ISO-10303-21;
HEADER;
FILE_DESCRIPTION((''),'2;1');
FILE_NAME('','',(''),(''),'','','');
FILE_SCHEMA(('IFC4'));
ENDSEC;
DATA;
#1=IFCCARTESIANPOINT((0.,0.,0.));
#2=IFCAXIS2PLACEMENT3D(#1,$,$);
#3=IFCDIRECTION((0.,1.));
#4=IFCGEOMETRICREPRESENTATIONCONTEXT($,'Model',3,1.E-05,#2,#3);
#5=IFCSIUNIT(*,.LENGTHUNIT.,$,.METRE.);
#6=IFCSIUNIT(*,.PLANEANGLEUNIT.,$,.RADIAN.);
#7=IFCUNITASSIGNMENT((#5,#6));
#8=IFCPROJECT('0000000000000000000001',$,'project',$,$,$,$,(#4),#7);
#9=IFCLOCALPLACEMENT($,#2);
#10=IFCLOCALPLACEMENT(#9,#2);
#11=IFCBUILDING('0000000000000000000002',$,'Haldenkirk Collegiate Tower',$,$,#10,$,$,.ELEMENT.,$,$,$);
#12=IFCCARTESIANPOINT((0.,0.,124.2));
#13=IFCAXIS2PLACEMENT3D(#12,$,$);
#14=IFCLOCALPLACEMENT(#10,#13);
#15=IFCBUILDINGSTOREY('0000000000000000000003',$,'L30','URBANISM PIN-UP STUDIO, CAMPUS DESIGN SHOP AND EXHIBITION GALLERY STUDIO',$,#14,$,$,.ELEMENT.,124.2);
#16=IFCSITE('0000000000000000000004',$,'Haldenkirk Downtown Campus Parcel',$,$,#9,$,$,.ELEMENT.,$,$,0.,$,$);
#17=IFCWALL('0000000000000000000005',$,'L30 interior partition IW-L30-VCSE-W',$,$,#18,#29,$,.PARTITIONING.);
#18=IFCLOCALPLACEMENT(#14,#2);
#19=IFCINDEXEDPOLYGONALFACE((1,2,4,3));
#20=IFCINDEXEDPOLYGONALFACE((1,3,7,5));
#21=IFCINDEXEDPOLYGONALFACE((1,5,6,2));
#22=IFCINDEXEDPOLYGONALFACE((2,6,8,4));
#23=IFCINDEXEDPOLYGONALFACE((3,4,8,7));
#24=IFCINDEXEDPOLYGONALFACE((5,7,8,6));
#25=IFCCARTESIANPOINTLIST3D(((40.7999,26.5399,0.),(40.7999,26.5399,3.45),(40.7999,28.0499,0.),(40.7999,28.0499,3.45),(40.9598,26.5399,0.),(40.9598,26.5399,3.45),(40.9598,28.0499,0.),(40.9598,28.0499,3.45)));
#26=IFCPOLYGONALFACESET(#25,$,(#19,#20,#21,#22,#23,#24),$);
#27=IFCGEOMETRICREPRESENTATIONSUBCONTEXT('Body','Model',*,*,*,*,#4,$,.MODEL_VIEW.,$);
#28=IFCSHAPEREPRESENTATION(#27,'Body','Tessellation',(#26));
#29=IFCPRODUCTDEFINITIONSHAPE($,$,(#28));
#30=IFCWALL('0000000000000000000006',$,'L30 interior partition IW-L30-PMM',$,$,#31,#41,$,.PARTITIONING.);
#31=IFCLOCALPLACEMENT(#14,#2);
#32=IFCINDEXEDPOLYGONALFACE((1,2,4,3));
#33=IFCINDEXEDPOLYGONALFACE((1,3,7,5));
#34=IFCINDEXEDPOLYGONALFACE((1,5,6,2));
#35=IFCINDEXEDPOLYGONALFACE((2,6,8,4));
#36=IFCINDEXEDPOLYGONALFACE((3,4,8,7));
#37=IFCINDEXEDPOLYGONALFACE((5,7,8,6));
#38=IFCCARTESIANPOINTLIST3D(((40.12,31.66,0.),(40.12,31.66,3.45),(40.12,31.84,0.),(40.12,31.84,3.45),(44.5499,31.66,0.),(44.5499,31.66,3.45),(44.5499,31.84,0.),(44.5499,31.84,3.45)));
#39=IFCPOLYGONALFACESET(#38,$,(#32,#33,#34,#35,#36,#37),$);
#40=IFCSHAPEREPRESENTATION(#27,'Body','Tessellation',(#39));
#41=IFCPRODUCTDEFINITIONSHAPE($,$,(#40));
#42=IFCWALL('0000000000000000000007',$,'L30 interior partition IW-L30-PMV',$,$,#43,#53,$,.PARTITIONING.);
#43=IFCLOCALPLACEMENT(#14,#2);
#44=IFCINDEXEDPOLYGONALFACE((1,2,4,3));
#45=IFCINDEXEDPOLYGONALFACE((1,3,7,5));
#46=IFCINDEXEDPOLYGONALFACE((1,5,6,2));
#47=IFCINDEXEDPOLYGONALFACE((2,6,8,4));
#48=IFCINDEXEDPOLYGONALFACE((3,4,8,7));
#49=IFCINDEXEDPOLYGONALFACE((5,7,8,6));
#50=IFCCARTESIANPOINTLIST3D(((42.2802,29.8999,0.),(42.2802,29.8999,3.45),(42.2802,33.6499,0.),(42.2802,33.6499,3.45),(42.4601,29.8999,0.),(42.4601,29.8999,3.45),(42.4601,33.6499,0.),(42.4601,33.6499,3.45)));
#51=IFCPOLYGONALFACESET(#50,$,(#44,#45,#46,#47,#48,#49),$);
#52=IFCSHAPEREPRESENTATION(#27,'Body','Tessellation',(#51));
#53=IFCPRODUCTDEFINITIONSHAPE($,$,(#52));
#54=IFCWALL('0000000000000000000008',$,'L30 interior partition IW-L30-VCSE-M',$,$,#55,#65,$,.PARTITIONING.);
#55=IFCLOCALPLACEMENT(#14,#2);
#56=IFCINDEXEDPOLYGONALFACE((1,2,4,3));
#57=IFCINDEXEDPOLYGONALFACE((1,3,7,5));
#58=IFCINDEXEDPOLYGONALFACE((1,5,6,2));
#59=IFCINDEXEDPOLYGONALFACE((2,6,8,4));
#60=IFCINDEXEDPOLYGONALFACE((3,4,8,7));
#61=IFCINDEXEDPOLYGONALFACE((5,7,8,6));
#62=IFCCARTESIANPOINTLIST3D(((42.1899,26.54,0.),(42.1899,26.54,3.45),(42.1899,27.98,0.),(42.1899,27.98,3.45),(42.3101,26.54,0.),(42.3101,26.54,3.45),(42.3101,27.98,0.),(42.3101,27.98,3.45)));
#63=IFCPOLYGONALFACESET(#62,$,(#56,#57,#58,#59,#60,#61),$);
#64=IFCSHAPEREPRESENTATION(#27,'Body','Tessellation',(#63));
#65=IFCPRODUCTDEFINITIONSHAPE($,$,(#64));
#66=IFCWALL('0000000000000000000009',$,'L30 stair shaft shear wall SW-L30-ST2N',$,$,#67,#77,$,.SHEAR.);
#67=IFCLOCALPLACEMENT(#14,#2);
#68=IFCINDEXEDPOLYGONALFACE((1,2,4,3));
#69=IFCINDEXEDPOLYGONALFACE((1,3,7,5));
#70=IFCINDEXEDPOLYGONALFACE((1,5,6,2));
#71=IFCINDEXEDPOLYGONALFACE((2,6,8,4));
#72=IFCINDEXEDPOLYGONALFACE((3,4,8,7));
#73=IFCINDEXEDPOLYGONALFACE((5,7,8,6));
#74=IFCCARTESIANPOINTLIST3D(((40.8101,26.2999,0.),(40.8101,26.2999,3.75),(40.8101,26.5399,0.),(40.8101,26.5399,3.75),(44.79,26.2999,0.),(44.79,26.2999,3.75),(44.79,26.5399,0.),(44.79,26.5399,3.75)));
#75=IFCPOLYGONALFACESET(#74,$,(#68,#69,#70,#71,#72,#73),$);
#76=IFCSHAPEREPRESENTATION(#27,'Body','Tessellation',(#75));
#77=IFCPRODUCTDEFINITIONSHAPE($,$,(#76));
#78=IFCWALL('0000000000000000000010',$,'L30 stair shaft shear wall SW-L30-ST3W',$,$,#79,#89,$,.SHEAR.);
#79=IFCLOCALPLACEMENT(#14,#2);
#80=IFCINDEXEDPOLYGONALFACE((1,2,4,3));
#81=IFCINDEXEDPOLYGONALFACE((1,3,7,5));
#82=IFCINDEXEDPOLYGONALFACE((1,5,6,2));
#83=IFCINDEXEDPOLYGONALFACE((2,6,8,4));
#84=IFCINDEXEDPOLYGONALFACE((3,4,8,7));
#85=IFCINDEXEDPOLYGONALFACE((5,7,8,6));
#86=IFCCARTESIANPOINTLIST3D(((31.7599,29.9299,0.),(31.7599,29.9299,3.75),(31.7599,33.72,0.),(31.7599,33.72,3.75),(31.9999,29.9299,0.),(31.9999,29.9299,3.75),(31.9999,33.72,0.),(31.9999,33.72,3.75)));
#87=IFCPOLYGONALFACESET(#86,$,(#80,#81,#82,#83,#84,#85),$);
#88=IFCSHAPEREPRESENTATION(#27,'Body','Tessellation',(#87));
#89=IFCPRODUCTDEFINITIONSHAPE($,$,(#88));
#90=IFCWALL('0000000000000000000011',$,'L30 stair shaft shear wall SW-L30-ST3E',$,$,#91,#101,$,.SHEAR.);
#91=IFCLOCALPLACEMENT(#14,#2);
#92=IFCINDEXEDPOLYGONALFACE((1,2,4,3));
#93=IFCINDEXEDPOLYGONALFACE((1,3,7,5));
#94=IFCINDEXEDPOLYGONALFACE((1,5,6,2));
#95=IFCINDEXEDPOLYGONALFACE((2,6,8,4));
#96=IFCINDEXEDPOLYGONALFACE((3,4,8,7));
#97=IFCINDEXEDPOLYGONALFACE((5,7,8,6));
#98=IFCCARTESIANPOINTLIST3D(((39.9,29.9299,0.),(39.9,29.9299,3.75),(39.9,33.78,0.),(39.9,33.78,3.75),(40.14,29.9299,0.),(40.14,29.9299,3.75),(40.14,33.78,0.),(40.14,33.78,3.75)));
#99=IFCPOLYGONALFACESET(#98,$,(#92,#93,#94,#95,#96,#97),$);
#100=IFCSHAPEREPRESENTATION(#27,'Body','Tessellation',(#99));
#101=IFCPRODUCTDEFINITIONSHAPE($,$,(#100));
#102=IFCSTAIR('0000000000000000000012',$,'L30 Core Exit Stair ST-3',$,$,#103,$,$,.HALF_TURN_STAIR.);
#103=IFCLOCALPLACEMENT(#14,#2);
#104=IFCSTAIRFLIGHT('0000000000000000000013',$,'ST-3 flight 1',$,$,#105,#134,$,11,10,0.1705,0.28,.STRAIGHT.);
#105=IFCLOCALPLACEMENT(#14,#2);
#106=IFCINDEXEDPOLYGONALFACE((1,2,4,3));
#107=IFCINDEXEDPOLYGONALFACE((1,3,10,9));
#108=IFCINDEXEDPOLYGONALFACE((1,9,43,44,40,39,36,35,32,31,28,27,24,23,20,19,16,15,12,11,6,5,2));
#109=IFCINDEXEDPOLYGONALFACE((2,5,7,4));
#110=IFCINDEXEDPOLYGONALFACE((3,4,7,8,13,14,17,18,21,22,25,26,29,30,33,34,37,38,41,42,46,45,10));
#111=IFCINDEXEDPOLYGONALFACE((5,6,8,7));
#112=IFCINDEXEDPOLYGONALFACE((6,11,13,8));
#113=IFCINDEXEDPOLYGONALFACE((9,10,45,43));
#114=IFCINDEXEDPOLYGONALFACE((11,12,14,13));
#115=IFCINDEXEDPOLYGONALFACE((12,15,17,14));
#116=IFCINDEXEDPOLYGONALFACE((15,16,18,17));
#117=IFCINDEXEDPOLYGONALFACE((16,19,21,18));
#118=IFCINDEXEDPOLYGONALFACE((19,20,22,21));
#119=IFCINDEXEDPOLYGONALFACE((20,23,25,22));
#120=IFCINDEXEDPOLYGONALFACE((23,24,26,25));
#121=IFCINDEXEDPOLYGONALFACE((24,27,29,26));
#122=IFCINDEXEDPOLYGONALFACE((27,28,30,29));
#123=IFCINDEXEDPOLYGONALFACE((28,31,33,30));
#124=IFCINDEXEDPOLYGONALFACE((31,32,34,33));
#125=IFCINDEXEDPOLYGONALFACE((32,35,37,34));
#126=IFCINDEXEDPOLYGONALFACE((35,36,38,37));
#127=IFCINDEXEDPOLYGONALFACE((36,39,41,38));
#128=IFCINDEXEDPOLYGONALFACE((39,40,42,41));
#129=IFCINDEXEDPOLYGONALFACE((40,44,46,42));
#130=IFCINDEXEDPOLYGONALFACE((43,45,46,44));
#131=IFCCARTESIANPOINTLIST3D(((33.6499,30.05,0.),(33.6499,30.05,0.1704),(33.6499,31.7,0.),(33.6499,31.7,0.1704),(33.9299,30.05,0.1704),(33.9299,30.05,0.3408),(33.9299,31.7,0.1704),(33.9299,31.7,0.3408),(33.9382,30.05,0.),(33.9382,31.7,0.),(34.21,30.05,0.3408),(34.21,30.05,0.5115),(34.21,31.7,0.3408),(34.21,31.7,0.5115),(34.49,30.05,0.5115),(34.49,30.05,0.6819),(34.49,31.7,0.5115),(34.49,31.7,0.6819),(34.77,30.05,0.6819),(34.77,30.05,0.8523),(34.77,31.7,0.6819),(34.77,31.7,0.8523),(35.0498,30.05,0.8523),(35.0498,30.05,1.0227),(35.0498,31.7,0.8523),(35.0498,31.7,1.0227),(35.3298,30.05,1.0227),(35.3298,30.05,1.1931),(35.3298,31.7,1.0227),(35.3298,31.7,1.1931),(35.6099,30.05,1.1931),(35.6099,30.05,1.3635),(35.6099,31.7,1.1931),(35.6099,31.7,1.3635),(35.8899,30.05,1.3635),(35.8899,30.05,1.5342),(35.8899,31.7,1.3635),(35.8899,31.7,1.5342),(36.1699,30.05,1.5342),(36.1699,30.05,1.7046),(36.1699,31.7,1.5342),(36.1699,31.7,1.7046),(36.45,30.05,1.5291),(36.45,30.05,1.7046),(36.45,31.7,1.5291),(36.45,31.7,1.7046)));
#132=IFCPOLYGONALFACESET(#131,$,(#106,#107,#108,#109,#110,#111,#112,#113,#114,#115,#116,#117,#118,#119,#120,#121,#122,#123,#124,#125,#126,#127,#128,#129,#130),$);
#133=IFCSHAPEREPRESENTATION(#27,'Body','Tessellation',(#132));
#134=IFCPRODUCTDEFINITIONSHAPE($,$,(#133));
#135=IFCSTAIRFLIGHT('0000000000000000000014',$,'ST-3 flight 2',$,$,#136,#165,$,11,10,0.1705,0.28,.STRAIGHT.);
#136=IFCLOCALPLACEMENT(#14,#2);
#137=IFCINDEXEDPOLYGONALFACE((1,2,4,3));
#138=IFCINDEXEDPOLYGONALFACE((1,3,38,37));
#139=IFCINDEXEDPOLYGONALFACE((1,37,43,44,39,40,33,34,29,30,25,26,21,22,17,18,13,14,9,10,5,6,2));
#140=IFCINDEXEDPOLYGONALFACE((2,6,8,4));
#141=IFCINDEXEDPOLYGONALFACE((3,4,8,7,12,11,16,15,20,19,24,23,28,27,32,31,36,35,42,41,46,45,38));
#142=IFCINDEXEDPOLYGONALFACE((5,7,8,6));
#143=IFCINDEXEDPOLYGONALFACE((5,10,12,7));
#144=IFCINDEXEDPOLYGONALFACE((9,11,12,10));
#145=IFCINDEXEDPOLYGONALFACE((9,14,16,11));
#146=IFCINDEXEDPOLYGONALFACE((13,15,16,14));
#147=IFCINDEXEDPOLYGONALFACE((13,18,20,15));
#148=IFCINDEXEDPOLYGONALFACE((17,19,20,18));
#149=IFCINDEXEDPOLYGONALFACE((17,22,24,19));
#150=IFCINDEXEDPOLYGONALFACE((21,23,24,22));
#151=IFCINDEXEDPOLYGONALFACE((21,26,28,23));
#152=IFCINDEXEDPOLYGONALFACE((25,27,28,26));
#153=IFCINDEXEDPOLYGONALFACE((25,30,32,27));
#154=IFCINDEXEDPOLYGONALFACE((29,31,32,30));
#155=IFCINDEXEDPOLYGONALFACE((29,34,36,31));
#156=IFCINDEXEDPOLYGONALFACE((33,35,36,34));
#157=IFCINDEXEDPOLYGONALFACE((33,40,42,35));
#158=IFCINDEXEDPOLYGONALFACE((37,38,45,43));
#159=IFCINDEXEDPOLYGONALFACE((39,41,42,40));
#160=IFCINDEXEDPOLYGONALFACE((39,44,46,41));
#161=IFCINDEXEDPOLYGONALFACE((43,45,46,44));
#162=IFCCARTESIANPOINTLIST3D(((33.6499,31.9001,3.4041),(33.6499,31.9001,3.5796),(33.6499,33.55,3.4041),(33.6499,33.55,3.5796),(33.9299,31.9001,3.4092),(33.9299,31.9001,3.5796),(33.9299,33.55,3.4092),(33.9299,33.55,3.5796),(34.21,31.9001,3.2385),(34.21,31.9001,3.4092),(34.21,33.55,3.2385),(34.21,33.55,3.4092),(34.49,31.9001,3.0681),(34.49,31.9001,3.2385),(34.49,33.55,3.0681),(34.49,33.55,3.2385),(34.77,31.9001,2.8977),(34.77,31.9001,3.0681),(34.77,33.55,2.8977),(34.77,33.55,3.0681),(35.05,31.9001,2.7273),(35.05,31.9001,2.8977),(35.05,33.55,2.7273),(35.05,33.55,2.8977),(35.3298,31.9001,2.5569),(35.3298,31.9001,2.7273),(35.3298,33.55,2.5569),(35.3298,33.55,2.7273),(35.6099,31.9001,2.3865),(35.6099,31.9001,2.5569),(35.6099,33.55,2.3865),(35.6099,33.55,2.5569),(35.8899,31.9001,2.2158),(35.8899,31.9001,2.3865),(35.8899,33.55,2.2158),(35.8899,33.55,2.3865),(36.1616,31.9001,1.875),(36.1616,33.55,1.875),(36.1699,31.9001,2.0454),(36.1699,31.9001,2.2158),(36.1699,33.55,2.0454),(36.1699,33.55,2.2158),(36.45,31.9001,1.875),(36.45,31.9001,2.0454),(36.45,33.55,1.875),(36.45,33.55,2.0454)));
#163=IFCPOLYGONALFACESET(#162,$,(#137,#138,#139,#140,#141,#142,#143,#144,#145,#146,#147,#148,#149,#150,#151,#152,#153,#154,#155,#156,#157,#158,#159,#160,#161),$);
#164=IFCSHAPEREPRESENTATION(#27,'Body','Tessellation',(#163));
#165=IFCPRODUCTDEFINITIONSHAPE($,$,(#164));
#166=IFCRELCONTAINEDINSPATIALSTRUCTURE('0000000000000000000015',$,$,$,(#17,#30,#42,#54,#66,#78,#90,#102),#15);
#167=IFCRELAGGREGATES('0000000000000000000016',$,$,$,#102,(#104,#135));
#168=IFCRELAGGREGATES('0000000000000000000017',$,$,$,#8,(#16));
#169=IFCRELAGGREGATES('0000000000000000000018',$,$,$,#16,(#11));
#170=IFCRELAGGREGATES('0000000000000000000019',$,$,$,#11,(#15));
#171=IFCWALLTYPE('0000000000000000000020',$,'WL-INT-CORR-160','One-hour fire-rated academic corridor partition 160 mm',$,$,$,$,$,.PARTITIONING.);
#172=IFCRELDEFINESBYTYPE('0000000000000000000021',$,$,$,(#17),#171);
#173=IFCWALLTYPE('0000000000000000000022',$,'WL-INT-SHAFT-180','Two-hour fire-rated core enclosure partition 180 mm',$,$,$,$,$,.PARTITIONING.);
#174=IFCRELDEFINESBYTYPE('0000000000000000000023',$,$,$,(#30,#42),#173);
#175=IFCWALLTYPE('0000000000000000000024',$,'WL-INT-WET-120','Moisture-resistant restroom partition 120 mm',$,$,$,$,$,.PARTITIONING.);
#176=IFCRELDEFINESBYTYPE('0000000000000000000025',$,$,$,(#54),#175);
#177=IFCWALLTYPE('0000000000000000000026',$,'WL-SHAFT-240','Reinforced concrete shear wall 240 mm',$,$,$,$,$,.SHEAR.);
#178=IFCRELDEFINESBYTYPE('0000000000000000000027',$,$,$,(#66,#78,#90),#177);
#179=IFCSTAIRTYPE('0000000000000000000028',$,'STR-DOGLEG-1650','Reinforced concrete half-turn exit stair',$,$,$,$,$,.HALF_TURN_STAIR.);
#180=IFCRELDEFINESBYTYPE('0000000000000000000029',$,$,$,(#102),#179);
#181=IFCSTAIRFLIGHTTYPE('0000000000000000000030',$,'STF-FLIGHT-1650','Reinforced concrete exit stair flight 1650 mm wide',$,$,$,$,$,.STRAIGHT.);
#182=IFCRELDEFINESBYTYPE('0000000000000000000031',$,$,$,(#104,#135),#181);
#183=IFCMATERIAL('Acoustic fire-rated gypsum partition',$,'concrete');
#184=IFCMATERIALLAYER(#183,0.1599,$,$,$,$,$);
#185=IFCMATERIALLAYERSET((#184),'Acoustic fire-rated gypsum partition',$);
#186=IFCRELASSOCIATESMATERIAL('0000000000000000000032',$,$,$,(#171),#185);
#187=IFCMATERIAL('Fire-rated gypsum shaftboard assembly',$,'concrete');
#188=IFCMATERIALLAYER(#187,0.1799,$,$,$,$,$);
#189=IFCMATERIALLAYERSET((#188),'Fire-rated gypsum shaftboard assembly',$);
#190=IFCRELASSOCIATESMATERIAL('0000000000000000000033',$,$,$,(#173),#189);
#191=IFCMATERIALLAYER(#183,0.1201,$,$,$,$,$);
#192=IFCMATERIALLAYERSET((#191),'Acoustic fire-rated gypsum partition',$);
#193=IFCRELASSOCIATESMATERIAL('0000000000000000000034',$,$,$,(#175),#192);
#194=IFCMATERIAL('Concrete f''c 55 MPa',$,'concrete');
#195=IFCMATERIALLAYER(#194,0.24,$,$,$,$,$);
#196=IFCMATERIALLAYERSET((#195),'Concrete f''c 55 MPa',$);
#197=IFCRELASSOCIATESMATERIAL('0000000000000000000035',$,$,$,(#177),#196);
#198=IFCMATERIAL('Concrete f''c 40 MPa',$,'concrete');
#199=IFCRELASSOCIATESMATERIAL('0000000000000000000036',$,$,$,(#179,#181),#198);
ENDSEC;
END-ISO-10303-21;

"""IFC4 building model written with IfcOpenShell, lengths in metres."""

from ifc_helpers import new_model, si_unit, direction, frame, frame_2d, origin, place, context, subcontext, project, spatial, polyline, rectangle, outline, extrude, material, layer, layer_set, type_object, element, aggregate, save


model = new_model("IFC4")

# Units and contexts
model_context = context("Model", 3, precision=1e-05, world=origin(), true_north=direction((0.0, 1.0)))
body_context = subcontext(model_context, "Body", "Model", "MODEL_VIEW")
ifc_project = project(units=[si_unit("LENGTHUNIT", "METRE"), si_unit("PLANEANGLEUNIT", "RADIAN")], contexts=[model_context])

# Site, building, storey
site_placement = place(None, origin())
site = spatial("IfcSite", under=ifc_project, at=site_placement, Name="Haldenkirk Downtown Campus Parcel", CompositionType="ELEMENT", RefElevation=0.0)
building_placement = place(site_placement, origin())
building = spatial("IfcBuilding", under=site, at=building_placement, Name="Haldenkirk Collegiate Tower", CompositionType="ELEMENT")
storey_placement = place(building_placement, frame((0.0, 0.0, 124.2)))
storey = spatial("IfcBuildingStorey", under=building, at=storey_placement, Name="L30", Description="URBANISM PIN-UP STUDIO, CAMPUS DESIGN SHOP AND EXHIBITION GALLERY STUDIO", CompositionType="ELEMENT", Elevation=124.2)

# Shared definitions
ifc_material_1 = material(Name="Acoustic fire-rated gypsum partition", Category="concrete")
ifc_layer_1 = layer(ifc_material_1, 0.1599)
ifc_layer_set_1 = layer_set([ifc_layer_1], Name="Acoustic fire-rated gypsum partition")
wall_type_1 = type_object("IfcWallType", Name="WL-INT-CORR-160", Description="One-hour fire-rated academic corridor partition 160 mm", PredefinedType="PARTITIONING", material=ifc_layer_set_1)

# Wall
wall_1_placement = place(storey_placement, frame((40.8799, 26.54, 0.0), z_axis=(0.0, 0.0, 1.0), x_axis=(0.0, 1.0, 0.0)))
element("IfcWall", 1, at=wall_1_placement, inside=storey, type_object=wall_type_1, Name="L30 interior partition IW-L30-VCSE-W", PredefinedType="PARTITIONING", context=body_context, shape_type="SweptSolid", body=[
    extrude(rectangle(XDim=1.51, YDim=0.1599, at=frame_2d((0.7549, 0.0))), origin(), (0.0, 0.0, 1.0), 3.45),
])

# Shared definitions
ifc_material_2 = material(Name="Fire-rated gypsum shaftboard assembly", Category="concrete")
ifc_layer_2 = layer(ifc_material_2, 0.1799)
ifc_layer_set_2 = layer_set([ifc_layer_2], Name="Fire-rated gypsum shaftboard assembly")
wall_type_2 = type_object("IfcWallType", Name="WL-INT-SHAFT-180", Description="Two-hour fire-rated core enclosure partition 180 mm", PredefinedType="PARTITIONING", material=ifc_layer_set_2)

# Walls
wall_2_placement = place(storey_placement, frame((40.1201, 31.75, 0.0), z_axis=(0.0, 0.0, 1.0), x_axis=(1.0, 0.0, 0.0)))
element("IfcWall", 2, at=wall_2_placement, inside=storey, type_object=wall_type_2, Name="L30 interior partition IW-L30-PMM", PredefinedType="PARTITIONING", context=body_context, shape_type="SweptSolid", body=[
    extrude(rectangle(XDim=4.4299, YDim=0.1799, at=frame_2d((2.2148, 0.0))), origin(), (0.0, 0.0, 1.0), 3.45),
])
wall_3_placement = place(storey_placement, frame((42.3701, 29.8999, 0.0), z_axis=(0.0, 0.0, 1.0), x_axis=(0.0, 1.0, 0.0)))
element("IfcWall", 3, at=wall_3_placement, inside=storey, type_object=wall_type_2, Name="L30 interior partition IW-L30-PMV", PredefinedType="PARTITIONING", context=body_context, shape_type="SweptSolid", body=[
    extrude(rectangle(XDim=3.75, YDim=0.1799, at=frame_2d((1.875, 0.0))), origin(), (0.0, 0.0, 1.0), 3.45),
])
ifc_layer_3 = layer(ifc_material_1, 0.1201)
ifc_layer_set_3 = layer_set([ifc_layer_3], Name="Acoustic fire-rated gypsum partition")
wall_type_3 = type_object("IfcWallType", Name="WL-INT-WET-120", Description="Moisture-resistant restroom partition 120 mm", PredefinedType="PARTITIONING", material=ifc_layer_set_3)
wall_4_placement = place(storey_placement, frame((42.25, 26.54, 0.0), z_axis=(0.0, 0.0, 1.0), x_axis=(0.0, 1.0, 0.0)))
element("IfcWall", 4, at=wall_4_placement, inside=storey, type_object=wall_type_3, Name="L30 interior partition IW-L30-VCSE-M", PredefinedType="PARTITIONING", context=body_context, shape_type="SweptSolid", body=[
    extrude(rectangle(XDim=1.4399, YDim=0.1201, at=frame_2d((0.72, 0.0))), origin(), (0.0, 0.0, 1.0), 3.45),
])
ifc_material_3 = material(Name="Concrete f'c 55 MPa", Category="concrete")
ifc_layer_4 = layer(ifc_material_3, 0.24)
ifc_layer_set_4 = layer_set([ifc_layer_4], Name="Concrete f'c 55 MPa")
wall_type_4 = type_object("IfcWallType", Name="WL-SHAFT-240", Description="Reinforced concrete shear wall 240 mm", PredefinedType="SHEAR", material=ifc_layer_set_4)
wall_5_placement = place(storey_placement, frame((40.8101, 26.4199, 0.0), z_axis=(0.0, 0.0, 1.0), x_axis=(1.0, 0.0, 0.0)))
element("IfcWall", 5, at=wall_5_placement, inside=storey, type_object=wall_type_4, Name="L30 stair shaft shear wall SW-L30-ST2N", PredefinedType="SHEAR", context=body_context, shape_type="SweptSolid", body=[
    extrude(rectangle(XDim=3.98, YDim=0.24, at=frame_2d((1.99, 0.0))), origin(), (0.0, 0.0, 1.0), 3.75),
])
wall_6_placement = place(storey_placement, frame((31.8799, 29.9299, 0.0), z_axis=(0.0, 0.0, 1.0), x_axis=(0.0, 1.0, 0.0)))
element("IfcWall", 6, at=wall_6_placement, inside=storey, type_object=wall_type_4, Name="L30 stair shaft shear wall SW-L30-ST3W", PredefinedType="SHEAR", context=body_context, shape_type="SweptSolid", body=[
    extrude(rectangle(XDim=3.79, YDim=0.24, at=frame_2d((1.895, 0.0))), origin(), (0.0, 0.0, 1.0), 3.75),
])
wall_7_placement = place(storey_placement, frame((40.02, 29.9299, 0.0), z_axis=(0.0, 0.0, 1.0), x_axis=(0.0, 1.0, 0.0)))
element("IfcWall", 7, at=wall_7_placement, inside=storey, type_object=wall_type_4, Name="L30 stair shaft shear wall SW-L30-ST3E", PredefinedType="SHEAR", context=body_context, shape_type="SweptSolid", body=[
    extrude(rectangle(XDim=3.8501, YDim=0.24, at=frame_2d((1.925, 0.0))), origin(), (0.0, 0.0, 1.0), 3.75),
])

# Stair, stair flights
ifc_material_4 = material(Name="Concrete f'c 40 MPa", Category="concrete")
stair_type = type_object("IfcStairType", Name="STR-DOGLEG-1650", Description="Reinforced concrete half-turn exit stair", PredefinedType="HALF_TURN_STAIR", material=ifc_material_4)
stair_placement = place(storey_placement, origin())
stair = element("IfcStair", 8, at=stair_placement, inside=storey, type_object=stair_type, Name="L30 Core Exit Stair ST-3", PredefinedType="HALF_TURN_STAIR")
stair_flight_type = type_object("IfcStairFlightType", Name="STF-FLIGHT-1650", Description="Reinforced concrete exit stair flight 1650 mm wide", PredefinedType="STRAIGHT", material=ifc_material_4)
stair_flight_1_placement = place(storey_placement, frame((33.6499, 30.875, 0.0), z_axis=(0.0, 0.0, 1.0), x_axis=(1.0, 0.0, 0.0)))
stair_flight_1 = element("IfcStairFlight", 9, at=stair_flight_1_placement, type_object=stair_flight_type, Name="ST-3 flight 1", NumberOfRisers=11, NumberOfTreads=10, PredefinedType="STRAIGHT", RiserHeight=0.1705, TreadLength=0.28, context=body_context, shape_type="SweptSolid", body=[
    extrude(outline(polyline([(0.0, 0.0), (0.0, 0.1704), (0.28, 0.1704), (0.28, 0.3408), (0.5601, 0.3408), (0.5601, 0.5115), (0.8401, 0.5115), (0.8401, 0.6819), (1.1201, 0.6819), (1.1201, 0.8523), (1.3999, 0.8523), (1.3999, 1.0227), (1.6799, 1.0227), (1.6799, 1.1931), (1.96, 1.1931), (1.96, 1.3635), (2.24, 1.3635), (2.24, 1.5342), (2.52, 1.5342), (2.52, 1.7046), (2.8, 1.7046), (2.8, 1.875), (2.8, 1.5291), (0.2883, 0.0), (0.0, 0.0)])), frame((0.0, 0.825, 0.0), z_axis=(0.0, -1.0, 0.0), x_axis=(1.0, 0.0, 0.0)), (0.0, 0.0, 1.0), 1.6499),
])
stair_flight_2_placement = place(storey_placement, frame((36.45, 32.7251, 1.875), z_axis=(0.0, 0.0, 1.0), x_axis=(-1.0, 0.0, 0.0)))
stair_flight_2 = element("IfcStairFlight", 10, at=stair_flight_2_placement, type_object=stair_flight_type, Name="ST-3 flight 2", NumberOfRisers=11, NumberOfTreads=10, PredefinedType="STRAIGHT", RiserHeight=0.1705, TreadLength=0.28, context=body_context, shape_type="SweptSolid", body=[
    extrude(outline(polyline([(0.0, 0.0), (0.0, 0.1704), (0.28, 0.1704), (0.28, 0.3408), (0.5601, 0.3408), (0.5601, 0.5115), (0.8401, 0.5115), (0.8401, 0.6819), (1.1201, 0.6819), (1.1201, 0.8523), (1.3999, 0.8523), (1.3999, 1.0227), (1.6799, 1.0227), (1.6799, 1.1931), (1.96, 1.1931), (1.96, 1.3635), (2.24, 1.3635), (2.24, 1.5342), (2.52, 1.5342), (2.52, 1.7046), (2.8, 1.7046), (2.8, 1.875), (2.8, 1.5291), (0.2883, 0.0), (0.0, 0.0)])), frame((0.0, 0.825, 0.0), z_axis=(0.0, -1.0, 0.0), x_axis=(1.0, 0.0, 0.0)), (0.0, 0.0, 1.0), 1.6499),
])
aggregate(stair, [stair_flight_1, stair_flight_2])

save(model, "model.ifc")
